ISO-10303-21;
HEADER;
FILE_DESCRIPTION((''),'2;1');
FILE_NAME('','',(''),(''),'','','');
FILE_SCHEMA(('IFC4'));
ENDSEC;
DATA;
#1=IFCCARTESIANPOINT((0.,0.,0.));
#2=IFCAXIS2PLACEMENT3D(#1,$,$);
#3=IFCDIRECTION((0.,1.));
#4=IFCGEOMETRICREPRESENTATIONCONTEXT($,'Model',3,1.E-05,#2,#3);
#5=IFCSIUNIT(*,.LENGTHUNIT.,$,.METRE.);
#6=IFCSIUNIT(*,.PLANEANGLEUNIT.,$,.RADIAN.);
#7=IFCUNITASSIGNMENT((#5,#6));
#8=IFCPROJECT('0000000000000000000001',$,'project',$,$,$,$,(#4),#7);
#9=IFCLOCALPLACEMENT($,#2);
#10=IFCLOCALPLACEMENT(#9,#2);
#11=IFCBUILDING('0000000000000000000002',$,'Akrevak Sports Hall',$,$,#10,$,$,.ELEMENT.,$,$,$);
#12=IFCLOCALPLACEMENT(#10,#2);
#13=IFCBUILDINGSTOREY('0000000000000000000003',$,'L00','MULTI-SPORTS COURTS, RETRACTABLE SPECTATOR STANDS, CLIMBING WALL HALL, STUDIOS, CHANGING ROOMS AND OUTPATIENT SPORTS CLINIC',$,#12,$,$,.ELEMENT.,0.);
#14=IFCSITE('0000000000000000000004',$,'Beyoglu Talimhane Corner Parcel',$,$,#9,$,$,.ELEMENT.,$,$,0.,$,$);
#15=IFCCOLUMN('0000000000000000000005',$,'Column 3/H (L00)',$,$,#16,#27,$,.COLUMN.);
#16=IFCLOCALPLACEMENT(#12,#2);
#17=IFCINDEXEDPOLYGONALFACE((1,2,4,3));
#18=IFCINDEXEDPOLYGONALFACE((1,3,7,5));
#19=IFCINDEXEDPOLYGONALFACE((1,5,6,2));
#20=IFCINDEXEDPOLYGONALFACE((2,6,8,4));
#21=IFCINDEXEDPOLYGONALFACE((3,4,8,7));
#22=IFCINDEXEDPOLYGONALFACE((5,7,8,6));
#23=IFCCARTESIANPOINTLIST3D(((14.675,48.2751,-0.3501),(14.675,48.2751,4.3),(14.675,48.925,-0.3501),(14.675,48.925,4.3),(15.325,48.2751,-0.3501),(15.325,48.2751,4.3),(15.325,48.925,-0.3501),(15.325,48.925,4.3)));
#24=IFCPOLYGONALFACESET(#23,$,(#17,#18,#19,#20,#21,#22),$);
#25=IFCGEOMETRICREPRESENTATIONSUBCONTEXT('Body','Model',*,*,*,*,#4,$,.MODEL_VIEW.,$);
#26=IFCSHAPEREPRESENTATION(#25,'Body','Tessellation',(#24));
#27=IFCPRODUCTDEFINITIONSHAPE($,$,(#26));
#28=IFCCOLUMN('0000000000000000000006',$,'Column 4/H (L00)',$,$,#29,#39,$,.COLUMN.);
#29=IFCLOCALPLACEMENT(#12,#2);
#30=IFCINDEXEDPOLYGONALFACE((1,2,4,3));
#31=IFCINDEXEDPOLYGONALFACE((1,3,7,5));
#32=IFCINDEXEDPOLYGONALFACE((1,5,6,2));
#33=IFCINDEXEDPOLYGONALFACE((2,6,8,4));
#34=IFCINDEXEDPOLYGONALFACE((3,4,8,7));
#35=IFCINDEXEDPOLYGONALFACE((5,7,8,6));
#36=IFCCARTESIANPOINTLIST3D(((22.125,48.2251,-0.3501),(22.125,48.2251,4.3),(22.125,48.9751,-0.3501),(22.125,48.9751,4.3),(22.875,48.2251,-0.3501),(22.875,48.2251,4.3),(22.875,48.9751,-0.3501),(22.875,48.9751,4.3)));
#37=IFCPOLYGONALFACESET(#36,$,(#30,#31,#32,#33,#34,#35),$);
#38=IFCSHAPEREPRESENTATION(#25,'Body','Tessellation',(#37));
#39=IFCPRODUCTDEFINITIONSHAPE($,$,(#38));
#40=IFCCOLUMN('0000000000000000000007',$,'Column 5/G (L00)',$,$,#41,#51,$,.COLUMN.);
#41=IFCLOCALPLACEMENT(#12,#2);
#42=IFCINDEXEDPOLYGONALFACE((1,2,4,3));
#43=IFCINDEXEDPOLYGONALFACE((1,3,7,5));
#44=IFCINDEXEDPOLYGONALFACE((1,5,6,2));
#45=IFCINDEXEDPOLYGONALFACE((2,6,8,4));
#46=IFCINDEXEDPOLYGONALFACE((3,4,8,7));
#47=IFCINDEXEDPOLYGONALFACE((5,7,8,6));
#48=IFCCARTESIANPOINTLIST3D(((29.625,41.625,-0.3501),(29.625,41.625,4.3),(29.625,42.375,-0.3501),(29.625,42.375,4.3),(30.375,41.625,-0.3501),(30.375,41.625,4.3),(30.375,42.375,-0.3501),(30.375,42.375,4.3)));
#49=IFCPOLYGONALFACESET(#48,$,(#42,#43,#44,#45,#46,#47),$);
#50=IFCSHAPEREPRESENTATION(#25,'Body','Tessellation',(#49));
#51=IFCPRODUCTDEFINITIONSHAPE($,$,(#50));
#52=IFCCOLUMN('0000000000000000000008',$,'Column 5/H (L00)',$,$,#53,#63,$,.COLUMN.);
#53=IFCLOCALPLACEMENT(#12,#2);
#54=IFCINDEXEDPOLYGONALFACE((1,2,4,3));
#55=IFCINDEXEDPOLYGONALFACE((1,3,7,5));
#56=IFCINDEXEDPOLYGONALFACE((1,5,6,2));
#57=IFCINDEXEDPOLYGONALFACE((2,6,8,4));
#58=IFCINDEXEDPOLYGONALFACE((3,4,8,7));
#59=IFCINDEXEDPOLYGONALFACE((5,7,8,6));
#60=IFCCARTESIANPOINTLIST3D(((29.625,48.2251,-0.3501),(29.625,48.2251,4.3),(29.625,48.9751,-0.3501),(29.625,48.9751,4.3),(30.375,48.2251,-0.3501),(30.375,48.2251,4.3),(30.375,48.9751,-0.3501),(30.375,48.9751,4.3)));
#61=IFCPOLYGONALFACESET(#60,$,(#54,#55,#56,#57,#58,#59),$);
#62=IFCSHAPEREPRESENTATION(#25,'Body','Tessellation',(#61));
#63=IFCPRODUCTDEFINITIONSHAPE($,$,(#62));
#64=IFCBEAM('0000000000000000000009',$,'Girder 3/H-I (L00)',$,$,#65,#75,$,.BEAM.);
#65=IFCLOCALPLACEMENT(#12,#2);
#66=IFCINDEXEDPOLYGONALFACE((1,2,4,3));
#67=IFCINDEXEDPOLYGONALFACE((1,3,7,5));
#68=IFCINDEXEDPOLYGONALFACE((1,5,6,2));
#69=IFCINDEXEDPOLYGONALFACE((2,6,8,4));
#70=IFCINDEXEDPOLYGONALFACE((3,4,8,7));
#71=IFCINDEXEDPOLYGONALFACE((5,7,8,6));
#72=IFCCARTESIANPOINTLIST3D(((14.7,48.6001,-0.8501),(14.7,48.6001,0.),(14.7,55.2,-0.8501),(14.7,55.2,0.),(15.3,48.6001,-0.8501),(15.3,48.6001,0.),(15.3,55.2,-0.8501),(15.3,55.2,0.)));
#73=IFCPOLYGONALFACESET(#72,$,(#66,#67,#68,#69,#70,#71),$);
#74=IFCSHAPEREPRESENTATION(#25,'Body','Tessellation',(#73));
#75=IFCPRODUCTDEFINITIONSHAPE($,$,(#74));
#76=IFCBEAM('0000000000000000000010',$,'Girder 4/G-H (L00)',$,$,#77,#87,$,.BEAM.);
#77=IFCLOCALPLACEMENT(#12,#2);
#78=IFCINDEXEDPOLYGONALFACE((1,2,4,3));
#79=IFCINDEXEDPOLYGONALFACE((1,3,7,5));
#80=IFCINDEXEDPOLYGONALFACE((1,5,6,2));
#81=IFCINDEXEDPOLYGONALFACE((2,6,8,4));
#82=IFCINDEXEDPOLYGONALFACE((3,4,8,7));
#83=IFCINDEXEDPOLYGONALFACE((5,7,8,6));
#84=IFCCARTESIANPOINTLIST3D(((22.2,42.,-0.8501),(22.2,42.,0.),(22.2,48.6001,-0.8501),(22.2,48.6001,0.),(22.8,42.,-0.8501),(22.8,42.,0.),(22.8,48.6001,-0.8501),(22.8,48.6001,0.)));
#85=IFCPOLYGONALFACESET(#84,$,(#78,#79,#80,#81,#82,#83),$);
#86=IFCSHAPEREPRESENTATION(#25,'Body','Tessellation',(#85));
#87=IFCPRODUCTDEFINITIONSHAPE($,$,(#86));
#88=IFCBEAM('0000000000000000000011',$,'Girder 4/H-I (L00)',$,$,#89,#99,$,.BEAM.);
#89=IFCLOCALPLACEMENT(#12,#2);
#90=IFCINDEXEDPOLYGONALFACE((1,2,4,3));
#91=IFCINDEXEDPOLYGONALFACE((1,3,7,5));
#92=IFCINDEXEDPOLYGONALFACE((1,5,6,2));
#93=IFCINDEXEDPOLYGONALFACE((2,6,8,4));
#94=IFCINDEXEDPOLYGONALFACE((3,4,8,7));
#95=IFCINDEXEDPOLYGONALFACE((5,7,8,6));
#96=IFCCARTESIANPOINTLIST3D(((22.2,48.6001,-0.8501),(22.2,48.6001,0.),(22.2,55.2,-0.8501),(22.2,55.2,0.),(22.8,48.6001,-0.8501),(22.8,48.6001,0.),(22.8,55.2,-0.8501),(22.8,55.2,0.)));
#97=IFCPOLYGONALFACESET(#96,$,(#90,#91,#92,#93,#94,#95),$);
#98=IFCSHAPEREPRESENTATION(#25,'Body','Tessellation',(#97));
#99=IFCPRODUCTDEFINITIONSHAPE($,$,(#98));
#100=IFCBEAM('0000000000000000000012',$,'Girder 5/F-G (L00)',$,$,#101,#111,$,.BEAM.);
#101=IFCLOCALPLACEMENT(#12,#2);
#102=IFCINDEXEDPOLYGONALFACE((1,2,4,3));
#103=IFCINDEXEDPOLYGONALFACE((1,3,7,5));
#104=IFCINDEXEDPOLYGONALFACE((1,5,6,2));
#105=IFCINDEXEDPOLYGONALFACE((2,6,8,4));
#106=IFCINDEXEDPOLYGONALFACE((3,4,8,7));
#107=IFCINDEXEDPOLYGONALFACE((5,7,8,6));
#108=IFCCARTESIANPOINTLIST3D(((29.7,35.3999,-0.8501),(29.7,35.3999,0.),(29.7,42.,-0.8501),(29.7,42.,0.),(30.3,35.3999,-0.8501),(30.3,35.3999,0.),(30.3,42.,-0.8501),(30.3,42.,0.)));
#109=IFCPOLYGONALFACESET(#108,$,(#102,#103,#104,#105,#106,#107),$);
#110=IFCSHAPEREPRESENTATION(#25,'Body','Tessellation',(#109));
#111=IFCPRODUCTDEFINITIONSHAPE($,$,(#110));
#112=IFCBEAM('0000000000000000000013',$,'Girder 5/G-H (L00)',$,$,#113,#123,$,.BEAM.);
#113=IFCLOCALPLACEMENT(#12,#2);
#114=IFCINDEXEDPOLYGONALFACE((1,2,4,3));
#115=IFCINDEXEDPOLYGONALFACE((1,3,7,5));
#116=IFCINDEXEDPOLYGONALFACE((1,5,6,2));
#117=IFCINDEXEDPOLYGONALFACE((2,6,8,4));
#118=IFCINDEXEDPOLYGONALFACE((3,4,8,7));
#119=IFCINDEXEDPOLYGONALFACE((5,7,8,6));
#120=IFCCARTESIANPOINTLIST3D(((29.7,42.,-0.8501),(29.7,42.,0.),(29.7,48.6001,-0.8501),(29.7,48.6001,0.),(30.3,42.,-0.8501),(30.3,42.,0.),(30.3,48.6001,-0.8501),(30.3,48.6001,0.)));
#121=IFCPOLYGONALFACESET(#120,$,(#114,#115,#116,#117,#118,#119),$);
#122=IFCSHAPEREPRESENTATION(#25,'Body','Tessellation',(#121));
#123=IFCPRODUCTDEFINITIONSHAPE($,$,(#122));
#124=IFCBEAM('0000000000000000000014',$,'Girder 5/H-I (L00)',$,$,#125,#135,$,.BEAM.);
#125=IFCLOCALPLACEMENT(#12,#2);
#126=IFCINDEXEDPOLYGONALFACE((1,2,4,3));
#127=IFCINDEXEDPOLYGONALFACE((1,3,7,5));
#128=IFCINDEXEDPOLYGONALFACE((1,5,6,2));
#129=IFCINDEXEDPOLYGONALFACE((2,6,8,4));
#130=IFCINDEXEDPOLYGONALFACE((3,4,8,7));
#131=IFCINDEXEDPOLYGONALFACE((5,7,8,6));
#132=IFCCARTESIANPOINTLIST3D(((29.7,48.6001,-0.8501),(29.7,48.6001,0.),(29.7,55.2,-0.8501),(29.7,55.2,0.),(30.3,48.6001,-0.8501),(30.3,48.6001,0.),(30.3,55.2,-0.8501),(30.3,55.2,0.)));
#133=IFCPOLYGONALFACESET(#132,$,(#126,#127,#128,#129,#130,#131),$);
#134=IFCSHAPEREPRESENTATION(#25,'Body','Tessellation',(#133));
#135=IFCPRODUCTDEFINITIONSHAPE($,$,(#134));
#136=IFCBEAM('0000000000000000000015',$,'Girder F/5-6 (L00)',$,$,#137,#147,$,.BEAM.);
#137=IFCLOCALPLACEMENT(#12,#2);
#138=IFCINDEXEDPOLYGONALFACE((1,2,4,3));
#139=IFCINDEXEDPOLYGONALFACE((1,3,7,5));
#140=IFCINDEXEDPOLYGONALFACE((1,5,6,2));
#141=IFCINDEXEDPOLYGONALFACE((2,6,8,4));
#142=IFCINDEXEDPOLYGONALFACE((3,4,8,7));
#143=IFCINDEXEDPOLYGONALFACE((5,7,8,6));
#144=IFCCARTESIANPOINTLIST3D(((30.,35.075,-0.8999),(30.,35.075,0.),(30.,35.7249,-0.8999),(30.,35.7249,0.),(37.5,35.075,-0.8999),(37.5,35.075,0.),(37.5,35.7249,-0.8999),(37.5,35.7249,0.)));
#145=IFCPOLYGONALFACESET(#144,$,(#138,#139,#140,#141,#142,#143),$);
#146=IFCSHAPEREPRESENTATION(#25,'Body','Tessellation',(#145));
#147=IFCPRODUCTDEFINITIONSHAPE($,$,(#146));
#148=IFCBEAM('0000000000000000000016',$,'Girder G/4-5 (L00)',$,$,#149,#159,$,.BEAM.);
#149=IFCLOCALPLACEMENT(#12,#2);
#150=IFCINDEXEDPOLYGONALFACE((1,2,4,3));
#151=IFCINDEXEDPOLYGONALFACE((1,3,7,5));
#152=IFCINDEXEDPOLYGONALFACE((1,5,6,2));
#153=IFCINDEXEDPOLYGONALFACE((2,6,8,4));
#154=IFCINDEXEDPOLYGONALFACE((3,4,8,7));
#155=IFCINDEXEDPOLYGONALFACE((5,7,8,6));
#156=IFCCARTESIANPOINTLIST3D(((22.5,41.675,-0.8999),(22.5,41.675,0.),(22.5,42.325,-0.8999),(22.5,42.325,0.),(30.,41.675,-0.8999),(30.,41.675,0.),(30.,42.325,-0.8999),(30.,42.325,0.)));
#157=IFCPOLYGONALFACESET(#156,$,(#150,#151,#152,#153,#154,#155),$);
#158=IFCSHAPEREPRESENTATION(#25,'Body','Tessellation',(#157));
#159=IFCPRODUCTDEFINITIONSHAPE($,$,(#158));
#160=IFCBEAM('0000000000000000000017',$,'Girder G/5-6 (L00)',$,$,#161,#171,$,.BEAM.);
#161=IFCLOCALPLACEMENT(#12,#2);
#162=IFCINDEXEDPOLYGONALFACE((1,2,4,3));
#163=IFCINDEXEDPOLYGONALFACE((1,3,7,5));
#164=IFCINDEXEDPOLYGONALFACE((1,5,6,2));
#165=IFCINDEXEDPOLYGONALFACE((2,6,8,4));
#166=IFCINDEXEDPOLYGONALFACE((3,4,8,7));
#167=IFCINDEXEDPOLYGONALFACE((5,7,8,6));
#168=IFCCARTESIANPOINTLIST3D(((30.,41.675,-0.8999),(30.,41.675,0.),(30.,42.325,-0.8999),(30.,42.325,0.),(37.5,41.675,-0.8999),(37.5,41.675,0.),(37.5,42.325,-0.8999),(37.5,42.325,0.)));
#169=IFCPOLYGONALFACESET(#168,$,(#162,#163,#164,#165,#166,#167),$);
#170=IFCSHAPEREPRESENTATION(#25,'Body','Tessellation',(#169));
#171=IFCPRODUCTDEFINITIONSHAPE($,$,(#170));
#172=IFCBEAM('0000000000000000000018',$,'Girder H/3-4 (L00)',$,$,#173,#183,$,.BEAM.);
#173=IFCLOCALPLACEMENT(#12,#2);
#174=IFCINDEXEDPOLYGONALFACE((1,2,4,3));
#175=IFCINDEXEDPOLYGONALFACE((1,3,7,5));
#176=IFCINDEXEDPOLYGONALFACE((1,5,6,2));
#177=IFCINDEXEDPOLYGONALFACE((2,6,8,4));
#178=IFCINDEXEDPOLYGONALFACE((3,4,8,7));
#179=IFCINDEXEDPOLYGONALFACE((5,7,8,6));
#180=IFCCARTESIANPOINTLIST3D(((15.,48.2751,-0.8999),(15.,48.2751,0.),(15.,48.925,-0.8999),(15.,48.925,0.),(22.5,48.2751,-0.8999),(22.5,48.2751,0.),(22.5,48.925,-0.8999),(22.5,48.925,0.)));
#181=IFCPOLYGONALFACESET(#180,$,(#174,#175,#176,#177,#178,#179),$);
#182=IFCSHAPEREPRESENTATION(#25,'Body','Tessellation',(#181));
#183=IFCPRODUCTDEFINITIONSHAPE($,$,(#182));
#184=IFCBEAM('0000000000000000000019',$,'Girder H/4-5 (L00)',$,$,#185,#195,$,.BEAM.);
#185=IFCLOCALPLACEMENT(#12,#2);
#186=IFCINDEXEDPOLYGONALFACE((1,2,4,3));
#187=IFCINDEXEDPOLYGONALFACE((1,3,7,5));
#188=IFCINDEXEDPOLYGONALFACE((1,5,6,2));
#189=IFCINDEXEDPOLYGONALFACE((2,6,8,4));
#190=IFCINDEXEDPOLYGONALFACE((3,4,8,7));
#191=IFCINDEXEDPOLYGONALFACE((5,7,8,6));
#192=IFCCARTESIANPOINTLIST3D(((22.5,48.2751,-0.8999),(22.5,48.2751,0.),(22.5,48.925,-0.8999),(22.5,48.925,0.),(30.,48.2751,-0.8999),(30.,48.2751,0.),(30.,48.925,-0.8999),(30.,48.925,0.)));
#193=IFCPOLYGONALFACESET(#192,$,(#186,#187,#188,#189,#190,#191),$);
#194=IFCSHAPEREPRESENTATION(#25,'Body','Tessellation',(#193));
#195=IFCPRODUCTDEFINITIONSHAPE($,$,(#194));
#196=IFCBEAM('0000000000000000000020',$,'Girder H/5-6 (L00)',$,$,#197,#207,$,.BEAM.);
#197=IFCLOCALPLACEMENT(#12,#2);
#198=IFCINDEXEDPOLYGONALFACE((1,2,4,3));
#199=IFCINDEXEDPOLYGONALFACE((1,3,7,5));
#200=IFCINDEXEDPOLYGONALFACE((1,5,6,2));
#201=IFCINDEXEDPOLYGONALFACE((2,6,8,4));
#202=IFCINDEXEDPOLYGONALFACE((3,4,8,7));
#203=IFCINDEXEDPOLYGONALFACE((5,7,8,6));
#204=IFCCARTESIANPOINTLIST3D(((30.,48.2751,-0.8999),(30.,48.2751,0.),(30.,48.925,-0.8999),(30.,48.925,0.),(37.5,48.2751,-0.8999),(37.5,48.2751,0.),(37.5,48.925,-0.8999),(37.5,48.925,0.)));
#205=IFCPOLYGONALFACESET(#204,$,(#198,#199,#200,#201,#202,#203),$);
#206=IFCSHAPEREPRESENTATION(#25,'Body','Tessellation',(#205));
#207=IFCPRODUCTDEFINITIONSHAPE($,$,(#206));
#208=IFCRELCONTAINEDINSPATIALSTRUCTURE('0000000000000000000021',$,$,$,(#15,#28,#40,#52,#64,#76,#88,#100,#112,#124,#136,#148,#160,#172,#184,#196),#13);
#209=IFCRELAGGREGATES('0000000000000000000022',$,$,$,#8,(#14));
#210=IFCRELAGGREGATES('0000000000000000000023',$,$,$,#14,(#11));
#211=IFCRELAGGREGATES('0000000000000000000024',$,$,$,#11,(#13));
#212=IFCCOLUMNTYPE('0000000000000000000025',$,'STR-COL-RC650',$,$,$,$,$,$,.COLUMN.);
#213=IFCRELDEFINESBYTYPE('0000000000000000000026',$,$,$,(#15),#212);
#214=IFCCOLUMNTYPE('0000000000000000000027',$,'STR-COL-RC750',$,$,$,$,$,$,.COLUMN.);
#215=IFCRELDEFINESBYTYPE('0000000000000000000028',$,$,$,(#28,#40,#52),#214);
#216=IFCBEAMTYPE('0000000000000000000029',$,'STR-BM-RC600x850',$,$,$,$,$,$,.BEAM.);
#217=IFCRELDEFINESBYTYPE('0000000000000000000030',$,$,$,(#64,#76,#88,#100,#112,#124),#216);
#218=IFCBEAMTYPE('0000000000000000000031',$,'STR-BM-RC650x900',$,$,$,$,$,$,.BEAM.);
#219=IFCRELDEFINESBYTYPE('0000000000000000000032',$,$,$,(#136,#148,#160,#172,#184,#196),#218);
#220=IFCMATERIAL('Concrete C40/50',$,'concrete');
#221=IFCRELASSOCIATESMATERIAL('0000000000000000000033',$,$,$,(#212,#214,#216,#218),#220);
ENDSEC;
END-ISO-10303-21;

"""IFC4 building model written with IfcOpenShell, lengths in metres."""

from ifc_helpers import new_model, si_unit, direction, frame, origin, origin_2d, place, context, subcontext, project, spatial, rectangle, extrude, material, material_profile, profile_set, type_object, element, save


model = new_model("IFC4")

# Units and contexts
model_context = context("Model", 3, precision=1e-05, world=origin(), true_north=direction((0.0, 1.0)))
body_context = subcontext(model_context, "Body", "Model", "MODEL_VIEW")
ifc_project = project(units=[si_unit("LENGTHUNIT", "METRE"), si_unit("PLANEANGLEUNIT", "RADIAN")], contexts=[model_context])

# Site, building, storey
site_placement = place(None, origin())
site = spatial("IfcSite", under=ifc_project, at=site_placement, Name="Beyoglu Talimhane Corner Parcel", CompositionType="ELEMENT", RefElevation=0.0)
building_placement = place(site_placement, origin())
building = spatial("IfcBuilding", under=site, at=building_placement, Name="Akrevak Sports Hall", CompositionType="ELEMENT")
storey_placement = place(building_placement, origin())
storey = spatial("IfcBuildingStorey", under=building, at=storey_placement, Name="L00", Description="MULTI-SPORTS COURTS, RETRACTABLE SPECTATOR STANDS, CLIMBING WALL HALL, STUDIOS, CHANGING ROOMS AND OUTPATIENT SPORTS CLINIC", CompositionType="ELEMENT", Elevation=0.0)

# Columns
ifc_material_1 = material(Name="Concrete C40/50", Category="concrete")
ifc_material_profile_1 = material_profile(ifc_material_1, rectangle(XDim=0.6499, YDim=0.6499, at=origin_2d()), Name="RC 650x650", Category="concrete")
ifc_profile_set_1 = profile_set([ifc_material_profile_1], Name="Concrete C40/50")
column_type_1 = type_object("IfcColumnType", Name="STR-COL-RC650", PredefinedType="COLUMN", material=ifc_profile_set_1)
column_placement = place(storey_placement, frame((15.0, 48.6001, -0.3501), z_axis=(0.0, 0.0, 1.0), x_axis=(1.0, 0.0, 0.0)))
element("IfcColumn", 1, at=column_placement, inside=storey, type_object=column_type_1, Name="Column 3/H (L00)", PredefinedType="COLUMN", context=body_context, shape_type="SweptSolid", body=[
    extrude(rectangle(XDim=0.6499, YDim=0.6499, at=origin_2d()), origin(), (0.0, 0.0, 1.0), 4.6501),
])
ifc_material_profile_2 = material_profile(ifc_material_1, rectangle(XDim=0.75, YDim=0.75, at=origin_2d()), Name="RC 750x750", Category="concrete")
ifc_profile_set_2 = profile_set([ifc_material_profile_2], Name="Concrete C40/50")
column_type_2 = type_object("IfcColumnType", Name="STR-COL-RC750", PredefinedType="COLUMN", material=ifc_profile_set_2)
for number, where, z_axis, x_axis, name in (
    (2, (22.5, 48.6001, -0.3501), (0.0, 0.0, 1.0), (1.0, 0.0, 0.0), "Column 4/H (L00)"),
    (3, (30.0, 42.0, -0.3501), (0.0, 0.0, 1.0), (1.0, 0.0, 0.0), "Column 5/G (L00)"),
    (4, (30.0, 48.6001, -0.3501), (0.0, 0.0, 1.0), (1.0, 0.0, 0.0), "Column 5/H (L00)"),
):
    element("IfcColumn", number, at=place(storey_placement, frame(where, z_axis=z_axis, x_axis=x_axis)), inside=storey, type_object=column_type_2, Name=name, PredefinedType="COLUMN", context=body_context, shape_type="SweptSolid", body=[
        extrude(rectangle(XDim=0.75, YDim=0.75, at=origin_2d()), origin(), (0.0, 0.0, 1.0), 4.6501),
    ])

# Beams
ifc_material_profile_3 = material_profile(ifc_material_1, rectangle(XDim=0.6001, YDim=0.8501, at=origin_2d()), Name="BM 600x850", Category="concrete")
ifc_profile_set_3 = profile_set([ifc_material_profile_3], Name="Concrete C40/50")
beam_type_1 = type_object("IfcBeamType", Name="STR-BM-RC600x850", PredefinedType="BEAM", material=ifc_profile_set_3)
beam_1_placement = place(storey_placement, frame((15.0, 48.6001, -0.425), z_axis=(0.0, 1.0, 0.0), x_axis=(-1.0, 0.0, 0.0)))
element("IfcBeam", 5, at=beam_1_placement, inside=storey, type_object=beam_type_1, Name="Girder 3/H-I (L00)", PredefinedType="BEAM", context=body_context, shape_type="SweptSolid", body=[
    extrude(rectangle(XDim=0.6001, YDim=0.8501, at=origin_2d()), origin(), (0.0, 0.0, 1.0), 6.5999),
])
beam_2_placement = place(storey_placement, frame((22.5, 42.0, -0.425), z_axis=(0.0, 1.0, 0.0), x_axis=(-1.0, 0.0, 0.0)))
element("IfcBeam", 6, at=beam_2_placement, inside=storey, type_object=beam_type_1, Name="Girder 4/G-H (L00)", PredefinedType="BEAM", context=body_context, shape_type="SweptSolid", body=[
    extrude(rectangle(XDim=0.6001, YDim=0.8501, at=origin_2d()), origin(), (0.0, 0.0, 1.0), 6.6001),
])
beam_3_placement = place(storey_placement, frame((22.5, 48.6001, -0.425), z_axis=(0.0, 1.0, 0.0), x_axis=(-1.0, 0.0, 0.0)))
element("IfcBeam", 7, at=beam_3_placement, inside=storey, type_object=beam_type_1, Name="Girder 4/H-I (L00)", PredefinedType="BEAM", context=body_context, shape_type="SweptSolid", body=[
    extrude(rectangle(XDim=0.6001, YDim=0.8501, at=origin_2d()), origin(), (0.0, 0.0, 1.0), 6.5999),
])
for number, where, z_axis, x_axis, name in (
    (8, (30.0, 35.3999, -0.425), (0.0, 1.0, 0.0), (-1.0, 0.0, 0.0), "Girder 5/F-G (L00)"),
    (9, (30.0, 42.0, -0.425), (0.0, 1.0, 0.0), (-1.0, 0.0, 0.0), "Girder 5/G-H (L00)"),
):
    element("IfcBeam", number, at=place(storey_placement, frame(where, z_axis=z_axis, x_axis=x_axis)), inside=storey, type_object=beam_type_1, Name=name, PredefinedType="BEAM", context=body_context, shape_type="SweptSolid", body=[
        extrude(rectangle(XDim=0.6001, YDim=0.8501, at=origin_2d()), origin(), (0.0, 0.0, 1.0), 6.6001),
    ])
beam_4_placement = place(storey_placement, frame((30.0, 48.6001, -0.425), z_axis=(0.0, 1.0, 0.0), x_axis=(-1.0, 0.0, 0.0)))
element("IfcBeam", 10, at=beam_4_placement, inside=storey, type_object=beam_type_1, Name="Girder 5/H-I (L00)", PredefinedType="BEAM", context=body_context, shape_type="SweptSolid", body=[
    extrude(rectangle(XDim=0.6001, YDim=0.8501, at=origin_2d()), origin(), (0.0, 0.0, 1.0), 6.5999),
])
ifc_material_profile_4 = material_profile(ifc_material_1, rectangle(XDim=0.6499, YDim=0.8999, at=origin_2d()), Name="BM 650x900", Category="concrete")
ifc_profile_set_4 = profile_set([ifc_material_profile_4], Name="Concrete C40/50")
beam_type_2 = type_object("IfcBeamType", Name="STR-BM-RC650x900", PredefinedType="BEAM", material=ifc_profile_set_4)
for number, where, z_axis, x_axis, name in (
    (11, (30.0, 35.3999, -0.45), (1.0, 0.0, 0.0), (0.0, 1.0, 0.0), "Girder F/5-6 (L00)"),
    (12, (22.5, 42.0, -0.45), (1.0, 0.0, 0.0), (0.0, 1.0, 0.0), "Girder G/4-5 (L00)"),
    (13, (30.0, 42.0, -0.45), (1.0, 0.0, 0.0), (0.0, 1.0, 0.0), "Girder G/5-6 (L00)"),
    (14, (15.0, 48.6001, -0.45), (1.0, 0.0, 0.0), (0.0, 1.0, 0.0), "Girder H/3-4 (L00)"),
    (15, (22.5, 48.6001, -0.45), (1.0, 0.0, 0.0), (0.0, 1.0, 0.0), "Girder H/4-5 (L00)"),
    (16, (30.0, 48.6001, -0.45), (1.0, 0.0, 0.0), (0.0, 1.0, 0.0), "Girder H/5-6 (L00)"),
):
    element("IfcBeam", number, at=place(storey_placement, frame(where, z_axis=z_axis, x_axis=x_axis)), inside=storey, type_object=beam_type_2, Name=name, PredefinedType="BEAM", context=body_context, shape_type="SweptSolid", body=[
        extrude(rectangle(XDim=0.6499, YDim=0.8999, at=origin_2d()), origin(), (0.0, 0.0, 1.0), 7.5),
    ])

save(model, "model.ifc")
